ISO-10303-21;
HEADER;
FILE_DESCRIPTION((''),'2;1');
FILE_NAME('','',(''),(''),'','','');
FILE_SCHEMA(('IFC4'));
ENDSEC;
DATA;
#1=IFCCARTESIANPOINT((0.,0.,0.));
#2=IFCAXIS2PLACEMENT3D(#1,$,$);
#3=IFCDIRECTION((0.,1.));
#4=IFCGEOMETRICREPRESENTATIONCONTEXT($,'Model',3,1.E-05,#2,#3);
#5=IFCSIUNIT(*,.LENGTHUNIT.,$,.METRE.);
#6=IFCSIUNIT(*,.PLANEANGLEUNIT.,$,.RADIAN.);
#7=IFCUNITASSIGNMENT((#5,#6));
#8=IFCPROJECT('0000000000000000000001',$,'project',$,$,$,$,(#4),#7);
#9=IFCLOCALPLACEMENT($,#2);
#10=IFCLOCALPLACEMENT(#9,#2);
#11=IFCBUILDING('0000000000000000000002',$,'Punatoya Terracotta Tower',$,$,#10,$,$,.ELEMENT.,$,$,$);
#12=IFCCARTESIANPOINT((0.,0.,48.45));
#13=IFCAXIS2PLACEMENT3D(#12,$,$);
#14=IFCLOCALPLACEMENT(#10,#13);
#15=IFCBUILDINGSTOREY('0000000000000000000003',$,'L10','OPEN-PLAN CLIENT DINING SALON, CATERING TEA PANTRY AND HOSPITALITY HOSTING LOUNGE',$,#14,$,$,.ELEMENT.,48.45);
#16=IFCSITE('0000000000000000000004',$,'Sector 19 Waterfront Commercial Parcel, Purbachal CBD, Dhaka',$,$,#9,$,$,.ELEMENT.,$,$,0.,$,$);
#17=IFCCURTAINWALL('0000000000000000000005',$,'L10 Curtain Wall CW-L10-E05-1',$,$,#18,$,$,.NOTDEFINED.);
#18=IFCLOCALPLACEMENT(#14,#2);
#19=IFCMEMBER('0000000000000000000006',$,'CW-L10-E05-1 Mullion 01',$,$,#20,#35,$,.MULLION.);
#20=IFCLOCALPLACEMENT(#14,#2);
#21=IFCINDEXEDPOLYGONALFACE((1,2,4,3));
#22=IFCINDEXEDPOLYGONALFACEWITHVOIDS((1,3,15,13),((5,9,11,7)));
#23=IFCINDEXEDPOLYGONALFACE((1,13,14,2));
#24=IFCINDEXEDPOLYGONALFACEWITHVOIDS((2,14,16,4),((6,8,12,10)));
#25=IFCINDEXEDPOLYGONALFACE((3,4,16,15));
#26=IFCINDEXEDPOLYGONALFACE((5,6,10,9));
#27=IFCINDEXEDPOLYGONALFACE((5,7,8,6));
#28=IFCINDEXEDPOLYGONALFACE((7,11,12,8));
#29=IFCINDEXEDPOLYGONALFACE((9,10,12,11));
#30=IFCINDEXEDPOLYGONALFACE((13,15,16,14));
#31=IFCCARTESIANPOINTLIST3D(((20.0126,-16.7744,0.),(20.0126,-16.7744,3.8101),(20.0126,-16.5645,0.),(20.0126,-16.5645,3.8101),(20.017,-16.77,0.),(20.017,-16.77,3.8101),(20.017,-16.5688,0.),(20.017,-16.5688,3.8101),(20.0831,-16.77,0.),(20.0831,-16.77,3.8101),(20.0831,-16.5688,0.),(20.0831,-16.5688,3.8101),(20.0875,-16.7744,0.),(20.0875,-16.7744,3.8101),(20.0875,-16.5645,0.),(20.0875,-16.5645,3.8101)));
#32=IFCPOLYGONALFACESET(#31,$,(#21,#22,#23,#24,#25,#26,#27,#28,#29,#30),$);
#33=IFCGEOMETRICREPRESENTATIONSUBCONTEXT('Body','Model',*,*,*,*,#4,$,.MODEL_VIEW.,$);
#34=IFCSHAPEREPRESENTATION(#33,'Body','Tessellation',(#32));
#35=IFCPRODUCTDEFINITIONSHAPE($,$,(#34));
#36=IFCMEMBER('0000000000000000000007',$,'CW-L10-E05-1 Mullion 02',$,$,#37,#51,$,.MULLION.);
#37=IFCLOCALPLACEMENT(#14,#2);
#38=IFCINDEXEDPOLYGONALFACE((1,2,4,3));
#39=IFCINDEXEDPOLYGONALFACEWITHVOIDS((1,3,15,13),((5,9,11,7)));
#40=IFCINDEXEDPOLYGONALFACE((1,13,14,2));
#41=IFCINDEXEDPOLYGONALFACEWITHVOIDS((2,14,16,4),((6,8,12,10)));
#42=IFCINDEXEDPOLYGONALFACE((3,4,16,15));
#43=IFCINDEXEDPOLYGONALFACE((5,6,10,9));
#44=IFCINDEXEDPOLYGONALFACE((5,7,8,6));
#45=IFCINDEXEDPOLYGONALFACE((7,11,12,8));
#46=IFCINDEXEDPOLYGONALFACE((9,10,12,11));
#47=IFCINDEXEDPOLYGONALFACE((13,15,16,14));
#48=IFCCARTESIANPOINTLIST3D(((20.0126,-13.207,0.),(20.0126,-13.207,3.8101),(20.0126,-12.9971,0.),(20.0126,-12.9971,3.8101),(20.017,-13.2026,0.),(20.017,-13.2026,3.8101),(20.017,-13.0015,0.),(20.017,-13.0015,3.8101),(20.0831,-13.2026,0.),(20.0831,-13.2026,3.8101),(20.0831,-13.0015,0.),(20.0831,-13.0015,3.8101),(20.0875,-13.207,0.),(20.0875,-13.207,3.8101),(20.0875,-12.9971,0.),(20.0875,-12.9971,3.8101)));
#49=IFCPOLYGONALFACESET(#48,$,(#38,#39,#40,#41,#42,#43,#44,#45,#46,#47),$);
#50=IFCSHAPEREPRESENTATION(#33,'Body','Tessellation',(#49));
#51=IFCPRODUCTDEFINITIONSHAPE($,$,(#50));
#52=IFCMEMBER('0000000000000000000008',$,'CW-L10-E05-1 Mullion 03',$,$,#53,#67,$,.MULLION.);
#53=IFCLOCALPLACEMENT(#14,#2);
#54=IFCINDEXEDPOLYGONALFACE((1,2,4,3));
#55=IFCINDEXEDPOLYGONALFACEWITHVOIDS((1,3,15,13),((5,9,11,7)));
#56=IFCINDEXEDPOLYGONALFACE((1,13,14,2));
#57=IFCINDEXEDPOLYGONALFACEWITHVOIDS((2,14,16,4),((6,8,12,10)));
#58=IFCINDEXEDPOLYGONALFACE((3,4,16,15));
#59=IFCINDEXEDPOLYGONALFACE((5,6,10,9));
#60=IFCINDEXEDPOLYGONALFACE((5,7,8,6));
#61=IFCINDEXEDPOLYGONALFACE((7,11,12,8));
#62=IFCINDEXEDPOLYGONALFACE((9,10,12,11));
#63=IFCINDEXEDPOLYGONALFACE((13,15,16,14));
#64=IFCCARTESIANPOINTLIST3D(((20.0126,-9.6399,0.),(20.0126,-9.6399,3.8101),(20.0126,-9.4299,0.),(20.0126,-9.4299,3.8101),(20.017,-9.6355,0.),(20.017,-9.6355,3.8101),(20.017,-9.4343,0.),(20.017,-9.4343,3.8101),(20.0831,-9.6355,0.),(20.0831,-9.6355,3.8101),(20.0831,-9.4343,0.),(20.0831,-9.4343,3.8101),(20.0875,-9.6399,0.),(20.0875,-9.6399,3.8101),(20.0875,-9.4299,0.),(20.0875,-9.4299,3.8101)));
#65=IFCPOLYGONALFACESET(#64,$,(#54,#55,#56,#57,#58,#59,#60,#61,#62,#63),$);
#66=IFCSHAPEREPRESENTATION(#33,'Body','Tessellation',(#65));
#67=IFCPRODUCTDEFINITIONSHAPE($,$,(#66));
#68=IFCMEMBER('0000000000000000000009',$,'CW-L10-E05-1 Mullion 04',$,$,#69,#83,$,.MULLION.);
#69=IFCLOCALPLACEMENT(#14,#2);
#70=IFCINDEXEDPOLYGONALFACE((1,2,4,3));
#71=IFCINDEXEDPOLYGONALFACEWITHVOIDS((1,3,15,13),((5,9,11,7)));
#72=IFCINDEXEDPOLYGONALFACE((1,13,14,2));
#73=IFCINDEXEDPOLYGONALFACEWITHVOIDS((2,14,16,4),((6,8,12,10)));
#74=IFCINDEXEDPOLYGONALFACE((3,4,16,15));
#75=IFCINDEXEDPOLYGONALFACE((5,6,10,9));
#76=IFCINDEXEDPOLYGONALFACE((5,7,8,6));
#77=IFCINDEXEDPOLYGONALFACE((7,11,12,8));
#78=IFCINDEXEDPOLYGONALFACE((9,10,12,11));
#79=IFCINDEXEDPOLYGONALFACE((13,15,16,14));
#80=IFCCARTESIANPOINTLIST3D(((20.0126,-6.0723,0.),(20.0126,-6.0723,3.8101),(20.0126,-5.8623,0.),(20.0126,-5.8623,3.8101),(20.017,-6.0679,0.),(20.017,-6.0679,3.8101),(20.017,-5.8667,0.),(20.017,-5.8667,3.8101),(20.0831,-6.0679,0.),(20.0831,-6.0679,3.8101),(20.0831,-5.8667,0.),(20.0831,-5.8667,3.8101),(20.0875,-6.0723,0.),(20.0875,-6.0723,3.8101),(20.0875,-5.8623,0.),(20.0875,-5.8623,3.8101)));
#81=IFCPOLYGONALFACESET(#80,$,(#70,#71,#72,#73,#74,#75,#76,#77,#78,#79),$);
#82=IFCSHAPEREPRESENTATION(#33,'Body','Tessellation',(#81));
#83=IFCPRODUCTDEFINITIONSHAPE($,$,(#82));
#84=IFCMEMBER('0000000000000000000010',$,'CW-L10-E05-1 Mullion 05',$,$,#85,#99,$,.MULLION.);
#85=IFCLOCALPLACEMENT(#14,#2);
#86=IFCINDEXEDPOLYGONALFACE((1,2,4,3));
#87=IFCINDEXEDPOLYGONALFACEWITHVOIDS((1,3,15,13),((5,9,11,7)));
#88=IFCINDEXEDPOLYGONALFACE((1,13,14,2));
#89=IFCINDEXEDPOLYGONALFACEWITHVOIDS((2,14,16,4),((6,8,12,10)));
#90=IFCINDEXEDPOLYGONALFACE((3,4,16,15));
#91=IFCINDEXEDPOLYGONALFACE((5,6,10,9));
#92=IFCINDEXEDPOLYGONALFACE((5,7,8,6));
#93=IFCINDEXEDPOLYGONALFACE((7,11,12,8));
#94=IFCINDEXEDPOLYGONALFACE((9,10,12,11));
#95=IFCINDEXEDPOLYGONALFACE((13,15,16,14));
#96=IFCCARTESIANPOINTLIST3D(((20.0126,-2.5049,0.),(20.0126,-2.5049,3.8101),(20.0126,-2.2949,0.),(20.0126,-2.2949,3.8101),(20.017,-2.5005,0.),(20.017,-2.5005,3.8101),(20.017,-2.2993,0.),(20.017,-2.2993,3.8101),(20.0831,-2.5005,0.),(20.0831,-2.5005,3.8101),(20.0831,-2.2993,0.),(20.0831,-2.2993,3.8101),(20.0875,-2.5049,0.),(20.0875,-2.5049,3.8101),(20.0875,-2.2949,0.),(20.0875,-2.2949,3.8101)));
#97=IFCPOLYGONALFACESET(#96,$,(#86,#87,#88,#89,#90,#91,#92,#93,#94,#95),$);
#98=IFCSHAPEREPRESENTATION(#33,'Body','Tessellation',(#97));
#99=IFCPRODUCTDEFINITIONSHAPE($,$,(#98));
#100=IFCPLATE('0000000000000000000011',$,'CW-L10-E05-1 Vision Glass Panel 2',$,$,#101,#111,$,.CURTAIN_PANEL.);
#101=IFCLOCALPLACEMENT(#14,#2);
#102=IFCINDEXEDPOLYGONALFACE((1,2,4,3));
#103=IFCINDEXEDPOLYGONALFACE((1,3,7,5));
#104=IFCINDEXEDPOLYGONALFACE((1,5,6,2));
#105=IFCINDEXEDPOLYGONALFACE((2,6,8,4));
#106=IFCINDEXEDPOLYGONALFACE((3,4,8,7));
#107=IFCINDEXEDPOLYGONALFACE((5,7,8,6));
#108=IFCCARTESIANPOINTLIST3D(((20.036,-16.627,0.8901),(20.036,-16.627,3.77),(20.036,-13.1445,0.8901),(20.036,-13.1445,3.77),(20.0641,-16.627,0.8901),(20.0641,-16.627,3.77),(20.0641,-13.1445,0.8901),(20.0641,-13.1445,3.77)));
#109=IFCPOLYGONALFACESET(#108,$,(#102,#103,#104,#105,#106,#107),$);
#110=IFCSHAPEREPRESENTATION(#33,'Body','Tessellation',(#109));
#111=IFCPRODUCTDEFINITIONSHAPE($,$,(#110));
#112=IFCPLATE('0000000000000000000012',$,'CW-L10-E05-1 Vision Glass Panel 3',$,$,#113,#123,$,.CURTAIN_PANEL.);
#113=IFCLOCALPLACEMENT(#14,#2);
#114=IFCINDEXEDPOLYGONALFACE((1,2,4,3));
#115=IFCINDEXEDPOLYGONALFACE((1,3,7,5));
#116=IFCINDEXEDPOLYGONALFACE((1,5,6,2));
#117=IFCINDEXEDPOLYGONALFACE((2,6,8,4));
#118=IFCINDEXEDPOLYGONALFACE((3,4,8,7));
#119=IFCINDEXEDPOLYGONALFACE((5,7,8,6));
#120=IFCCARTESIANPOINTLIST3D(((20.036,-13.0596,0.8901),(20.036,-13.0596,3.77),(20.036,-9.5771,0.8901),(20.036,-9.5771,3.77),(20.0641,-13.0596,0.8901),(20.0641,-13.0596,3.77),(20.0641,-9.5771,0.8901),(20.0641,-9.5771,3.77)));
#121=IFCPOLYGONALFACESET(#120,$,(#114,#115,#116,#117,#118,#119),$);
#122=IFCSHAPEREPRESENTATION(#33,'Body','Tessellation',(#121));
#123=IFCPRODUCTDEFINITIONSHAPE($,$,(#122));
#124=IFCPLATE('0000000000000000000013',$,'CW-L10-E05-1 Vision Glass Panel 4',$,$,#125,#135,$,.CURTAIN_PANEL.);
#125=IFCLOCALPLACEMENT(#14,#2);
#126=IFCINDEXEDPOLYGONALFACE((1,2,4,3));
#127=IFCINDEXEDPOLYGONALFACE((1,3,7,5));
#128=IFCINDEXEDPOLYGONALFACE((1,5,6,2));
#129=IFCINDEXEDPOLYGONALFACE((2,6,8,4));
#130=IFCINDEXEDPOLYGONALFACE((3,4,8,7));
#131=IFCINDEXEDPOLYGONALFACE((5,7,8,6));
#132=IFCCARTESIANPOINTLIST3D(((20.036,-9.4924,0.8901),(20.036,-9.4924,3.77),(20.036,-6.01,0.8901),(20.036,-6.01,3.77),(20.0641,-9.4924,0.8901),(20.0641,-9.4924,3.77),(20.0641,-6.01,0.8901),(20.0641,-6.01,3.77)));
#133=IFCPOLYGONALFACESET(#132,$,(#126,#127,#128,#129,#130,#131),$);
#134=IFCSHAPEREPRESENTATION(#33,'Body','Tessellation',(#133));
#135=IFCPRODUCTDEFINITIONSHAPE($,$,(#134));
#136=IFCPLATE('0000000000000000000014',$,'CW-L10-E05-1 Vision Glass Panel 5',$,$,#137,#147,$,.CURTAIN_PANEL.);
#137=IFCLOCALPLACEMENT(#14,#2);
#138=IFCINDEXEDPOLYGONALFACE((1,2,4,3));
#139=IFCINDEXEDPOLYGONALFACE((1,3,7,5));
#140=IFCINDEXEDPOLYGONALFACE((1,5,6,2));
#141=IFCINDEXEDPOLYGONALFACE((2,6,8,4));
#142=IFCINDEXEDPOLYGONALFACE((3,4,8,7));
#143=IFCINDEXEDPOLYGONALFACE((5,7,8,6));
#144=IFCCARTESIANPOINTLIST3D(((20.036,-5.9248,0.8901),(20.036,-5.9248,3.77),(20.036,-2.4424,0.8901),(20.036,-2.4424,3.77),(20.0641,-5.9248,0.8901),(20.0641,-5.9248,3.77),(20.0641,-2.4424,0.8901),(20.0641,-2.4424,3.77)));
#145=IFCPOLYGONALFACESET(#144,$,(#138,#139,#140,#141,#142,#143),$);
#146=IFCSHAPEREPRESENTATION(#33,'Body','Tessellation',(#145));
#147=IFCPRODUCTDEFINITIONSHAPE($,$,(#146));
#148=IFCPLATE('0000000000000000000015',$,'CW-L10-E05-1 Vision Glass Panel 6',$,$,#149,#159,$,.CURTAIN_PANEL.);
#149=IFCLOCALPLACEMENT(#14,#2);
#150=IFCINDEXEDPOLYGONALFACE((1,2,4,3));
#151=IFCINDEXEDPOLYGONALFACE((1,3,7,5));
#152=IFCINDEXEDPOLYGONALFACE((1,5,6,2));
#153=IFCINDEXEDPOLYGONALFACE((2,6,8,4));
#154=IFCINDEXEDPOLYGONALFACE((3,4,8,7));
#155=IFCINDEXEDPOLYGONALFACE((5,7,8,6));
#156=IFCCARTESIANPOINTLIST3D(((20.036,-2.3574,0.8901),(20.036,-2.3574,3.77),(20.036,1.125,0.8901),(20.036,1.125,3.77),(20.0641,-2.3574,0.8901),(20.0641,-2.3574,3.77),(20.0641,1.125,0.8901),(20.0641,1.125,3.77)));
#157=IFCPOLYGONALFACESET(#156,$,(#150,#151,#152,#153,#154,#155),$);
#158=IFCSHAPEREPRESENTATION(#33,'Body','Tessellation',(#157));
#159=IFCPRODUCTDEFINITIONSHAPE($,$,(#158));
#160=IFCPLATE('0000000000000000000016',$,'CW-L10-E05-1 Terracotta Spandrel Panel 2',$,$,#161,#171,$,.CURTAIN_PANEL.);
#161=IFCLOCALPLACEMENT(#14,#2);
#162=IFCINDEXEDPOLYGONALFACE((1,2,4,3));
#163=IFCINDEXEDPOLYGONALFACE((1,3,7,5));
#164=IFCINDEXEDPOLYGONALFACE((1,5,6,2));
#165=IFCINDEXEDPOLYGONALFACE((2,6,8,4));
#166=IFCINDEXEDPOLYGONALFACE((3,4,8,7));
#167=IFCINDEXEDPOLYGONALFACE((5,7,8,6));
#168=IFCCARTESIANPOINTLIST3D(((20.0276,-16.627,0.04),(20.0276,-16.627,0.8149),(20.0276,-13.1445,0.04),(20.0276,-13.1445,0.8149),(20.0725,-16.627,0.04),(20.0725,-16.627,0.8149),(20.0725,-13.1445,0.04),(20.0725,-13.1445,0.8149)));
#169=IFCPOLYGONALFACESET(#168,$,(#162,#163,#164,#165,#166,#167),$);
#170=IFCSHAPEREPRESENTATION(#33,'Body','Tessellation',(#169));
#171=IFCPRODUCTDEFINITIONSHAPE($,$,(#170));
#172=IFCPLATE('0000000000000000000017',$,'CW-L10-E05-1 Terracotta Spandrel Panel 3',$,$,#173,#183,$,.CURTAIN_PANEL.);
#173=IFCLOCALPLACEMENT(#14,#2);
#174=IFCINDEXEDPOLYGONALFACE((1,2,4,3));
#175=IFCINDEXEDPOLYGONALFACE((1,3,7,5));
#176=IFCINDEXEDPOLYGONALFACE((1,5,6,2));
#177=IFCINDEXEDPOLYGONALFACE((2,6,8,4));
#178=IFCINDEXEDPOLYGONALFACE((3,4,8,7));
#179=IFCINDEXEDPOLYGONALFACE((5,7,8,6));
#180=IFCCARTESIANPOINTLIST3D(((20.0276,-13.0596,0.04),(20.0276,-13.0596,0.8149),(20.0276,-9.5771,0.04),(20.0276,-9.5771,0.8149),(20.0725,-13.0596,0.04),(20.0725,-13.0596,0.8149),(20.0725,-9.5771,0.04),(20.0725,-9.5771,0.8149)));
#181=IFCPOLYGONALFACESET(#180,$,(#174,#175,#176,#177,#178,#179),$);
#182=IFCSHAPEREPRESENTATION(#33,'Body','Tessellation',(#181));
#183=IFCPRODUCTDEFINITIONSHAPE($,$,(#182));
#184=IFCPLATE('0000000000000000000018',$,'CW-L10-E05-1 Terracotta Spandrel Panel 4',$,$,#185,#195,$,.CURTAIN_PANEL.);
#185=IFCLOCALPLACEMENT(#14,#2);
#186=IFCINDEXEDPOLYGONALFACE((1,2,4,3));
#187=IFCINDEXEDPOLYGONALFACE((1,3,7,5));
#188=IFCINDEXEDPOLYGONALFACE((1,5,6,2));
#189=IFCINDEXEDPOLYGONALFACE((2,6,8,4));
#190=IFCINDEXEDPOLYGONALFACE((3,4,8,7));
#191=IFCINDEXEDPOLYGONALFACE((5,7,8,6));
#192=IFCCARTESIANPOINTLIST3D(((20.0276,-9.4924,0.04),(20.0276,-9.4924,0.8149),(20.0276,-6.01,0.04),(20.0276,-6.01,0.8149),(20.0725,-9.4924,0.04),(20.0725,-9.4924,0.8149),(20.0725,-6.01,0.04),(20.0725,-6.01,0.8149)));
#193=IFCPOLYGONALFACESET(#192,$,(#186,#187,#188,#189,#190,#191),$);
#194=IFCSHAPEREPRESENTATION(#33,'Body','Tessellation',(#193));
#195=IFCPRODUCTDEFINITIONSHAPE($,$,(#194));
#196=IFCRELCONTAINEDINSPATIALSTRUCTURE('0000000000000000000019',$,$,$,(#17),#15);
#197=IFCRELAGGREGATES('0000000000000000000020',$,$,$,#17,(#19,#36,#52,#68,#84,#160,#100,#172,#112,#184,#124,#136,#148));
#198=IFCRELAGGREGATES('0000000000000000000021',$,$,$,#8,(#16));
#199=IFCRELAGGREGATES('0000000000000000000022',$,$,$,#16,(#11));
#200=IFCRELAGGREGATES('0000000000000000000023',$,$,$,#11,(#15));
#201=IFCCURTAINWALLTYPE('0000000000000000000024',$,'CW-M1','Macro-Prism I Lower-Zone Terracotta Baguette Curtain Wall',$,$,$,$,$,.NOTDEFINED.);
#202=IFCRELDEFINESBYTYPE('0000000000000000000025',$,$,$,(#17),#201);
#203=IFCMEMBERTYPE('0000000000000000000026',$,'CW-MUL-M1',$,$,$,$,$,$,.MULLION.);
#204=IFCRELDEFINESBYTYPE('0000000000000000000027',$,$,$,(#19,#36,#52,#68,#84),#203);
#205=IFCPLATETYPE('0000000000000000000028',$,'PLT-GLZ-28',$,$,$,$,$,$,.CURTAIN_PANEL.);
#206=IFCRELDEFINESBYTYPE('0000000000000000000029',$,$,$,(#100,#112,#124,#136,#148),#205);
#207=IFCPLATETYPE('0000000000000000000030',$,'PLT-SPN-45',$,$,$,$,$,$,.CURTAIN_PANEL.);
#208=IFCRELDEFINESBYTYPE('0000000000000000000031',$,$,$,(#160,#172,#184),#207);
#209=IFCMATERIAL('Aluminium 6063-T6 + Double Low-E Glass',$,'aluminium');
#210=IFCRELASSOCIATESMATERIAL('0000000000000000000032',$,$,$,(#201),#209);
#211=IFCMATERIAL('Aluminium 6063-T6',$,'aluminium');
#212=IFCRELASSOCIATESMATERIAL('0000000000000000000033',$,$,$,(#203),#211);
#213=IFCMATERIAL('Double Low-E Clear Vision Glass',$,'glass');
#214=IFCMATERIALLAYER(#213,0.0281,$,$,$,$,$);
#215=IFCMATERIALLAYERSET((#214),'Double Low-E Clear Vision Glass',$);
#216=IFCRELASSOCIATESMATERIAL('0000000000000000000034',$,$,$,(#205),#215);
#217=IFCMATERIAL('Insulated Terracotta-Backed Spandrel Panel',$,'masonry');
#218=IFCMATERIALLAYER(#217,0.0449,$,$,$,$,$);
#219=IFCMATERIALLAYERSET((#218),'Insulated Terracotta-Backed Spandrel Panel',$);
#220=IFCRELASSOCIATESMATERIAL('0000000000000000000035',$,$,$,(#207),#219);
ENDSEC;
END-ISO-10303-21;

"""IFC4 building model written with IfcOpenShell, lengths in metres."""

from ifc_helpers import new_model, si_unit, direction, frame, origin, origin_2d, place, context, subcontext, project, spatial, rectangle, hollow_rectangle, extrude, material, layer, layer_set, material_profile, profile_set, type_object, element, aggregate, save


model = new_model("IFC4")

# Units and contexts
model_context = context("Model", 3, precision=1e-05, world=origin(), true_north=direction((0.0, 1.0)))
body_context = subcontext(model_context, "Body", "Model", "MODEL_VIEW")
ifc_project = project(units=[si_unit("LENGTHUNIT", "METRE"), si_unit("PLANEANGLEUNIT", "RADIAN")], contexts=[model_context])

# Site, building, storey
site_placement = place(None, origin())
site = spatial("IfcSite", under=ifc_project, at=site_placement, Name="Sector 19 Waterfront Commercial Parcel, Purbachal CBD, Dhaka", CompositionType="ELEMENT", RefElevation=0.0)
building_placement = place(site_placement, origin())
building = spatial("IfcBuilding", under=site, at=building_placement, Name="Punatoya Terracotta Tower", CompositionType="ELEMENT")
storey_placement = place(building_placement, frame((0.0, 0.0, 48.45)))
storey = spatial("IfcBuildingStorey", under=building, at=storey_placement, Name="L10", Description="OPEN-PLAN CLIENT DINING SALON, CATERING TEA PANTRY AND HOSPITALITY HOSTING LOUNGE", CompositionType="ELEMENT", Elevation=48.45)

# Curtain wall, members, plates
ifc_material_1 = material(Name="Aluminium 6063-T6 + Double Low-E Glass", Category="aluminium")
curtain_wall_type = type_object("IfcCurtainWallType", Name="CW-M1", Description="Macro-Prism I Lower-Zone Terracotta Baguette Curtain Wall", PredefinedType="NOTDEFINED", material=ifc_material_1)
curtain_wall_placement = place(storey_placement, origin())
curtain_wall = element("IfcCurtainWall", 1, at=curtain_wall_placement, inside=storey, type_object=curtain_wall_type, Name="L10 Curtain Wall CW-L10-E05-1", PredefinedType="NOTDEFINED")
ifc_material_2 = material(Name="Aluminium 6063-T6", Category="aluminium")
ifc_material_profile_1 = material_profile(ifc_material_2, hollow_rectangle(XDim=0.075, YDim=0.21, WallThickness=0.0044, at=origin_2d()))
ifc_profile_set_1 = profile_set([ifc_material_profile_1], Name="Aluminium 6063-T6")
member_type = type_object("IfcMemberType", Name="CW-MUL-M1", PredefinedType="MULLION", material=ifc_profile_set_1)
member_1_placement = place(storey_placement, frame((20.05, -16.6694, 0.0), z_axis=(0.0, 0.0, 1.0), x_axis=(1.0, 0.0, 0.0)))
member_1 = element("IfcMember", 2, at=member_1_placement, type_object=member_type, Name="CW-L10-E05-1 Mullion 01", PredefinedType="MULLION", context=body_context, shape_type="SweptSolid", body=[
    extrude(hollow_rectangle(XDim=0.075, YDim=0.21, WallThickness=0.0044, at=origin_2d()), origin(), (0.0, 0.0, 1.0), 3.8101),
])
member_2_placement = place(storey_placement, frame((20.05, -13.1021, 0.0), z_axis=(0.0, 0.0, 1.0), x_axis=(1.0, 0.0, 0.0)))
member_2 = element("IfcMember", 3, at=member_2_placement, type_object=member_type, Name="CW-L10-E05-1 Mullion 02", PredefinedType="MULLION", context=body_context, shape_type="SweptSolid", body=[
    extrude(hollow_rectangle(XDim=0.075, YDim=0.21, WallThickness=0.0044, at=origin_2d()), origin(), (0.0, 0.0, 1.0), 3.8101),
])
member_3_placement = place(storey_placement, frame((20.05, -9.5349, 0.0), z_axis=(0.0, 0.0, 1.0), x_axis=(1.0, 0.0, 0.0)))
member_3 = element("IfcMember", 4, at=member_3_placement, type_object=member_type, Name="CW-L10-E05-1 Mullion 03", PredefinedType="MULLION", context=body_context, shape_type="SweptSolid", body=[
    extrude(hollow_rectangle(XDim=0.075, YDim=0.21, WallThickness=0.0044, at=origin_2d()), origin(), (0.0, 0.0, 1.0), 3.8101),
])
member_4_placement = place(storey_placement, frame((20.05, -5.9673, 0.0), z_axis=(0.0, 0.0, 1.0), x_axis=(1.0, 0.0, 0.0)))
member_4 = element("IfcMember", 5, at=member_4_placement, type_object=member_type, Name="CW-L10-E05-1 Mullion 04", PredefinedType="MULLION", context=body_context, shape_type="SweptSolid", body=[
    extrude(hollow_rectangle(XDim=0.075, YDim=0.21, WallThickness=0.0044, at=origin_2d()), origin(), (0.0, 0.0, 1.0), 3.8101),
])
member_5_placement = place(storey_placement, frame((20.05, -2.3999, 0.0), z_axis=(0.0, 0.0, 1.0), x_axis=(1.0, 0.0, 0.0)))
member_5 = element("IfcMember", 6, at=member_5_placement, type_object=member_type, Name="CW-L10-E05-1 Mullion 05", PredefinedType="MULLION", context=body_context, shape_type="SweptSolid", body=[
    extrude(hollow_rectangle(XDim=0.075, YDim=0.21, WallThickness=0.0044, at=origin_2d()), origin(), (0.0, 0.0, 1.0), 3.8101),
])
ifc_material_3 = material(Name="Double Low-E Clear Vision Glass", Category="glass")
ifc_layer_1 = layer(ifc_material_3, 0.0281)
ifc_layer_set_1 = layer_set([ifc_layer_1], Name="Double Low-E Clear Vision Glass")
plate_type_1 = type_object("IfcPlateType", Name="PLT-GLZ-28", PredefinedType="CURTAIN_PANEL", material=ifc_layer_set_1)
plate_1_placement = place(storey_placement, frame((20.05, -14.8857, 0.8901), z_axis=(0.0, 0.0, 1.0), x_axis=(0.0, 1.0, 0.0)))
plate_1 = element("IfcPlate", 7, at=plate_1_placement, type_object=plate_type_1, Name="CW-L10-E05-1 Vision Glass Panel 2", PredefinedType="CURTAIN_PANEL", context=body_context, shape_type="SweptSolid", body=[
    extrude(rectangle(XDim=3.4824, YDim=0.0281, at=origin_2d()), origin(), (0.0, 0.0, 1.0), 2.8799),
])
plate_2_placement = place(storey_placement, frame((20.05, -11.3184, 0.8901), z_axis=(0.0, 0.0, 1.0), x_axis=(0.0, 1.0, 0.0)))
plate_2 = element("IfcPlate", 8, at=plate_2_placement, type_object=plate_type_1, Name="CW-L10-E05-1 Vision Glass Panel 3", PredefinedType="CURTAIN_PANEL", context=body_context, shape_type="SweptSolid", body=[
    extrude(rectangle(XDim=3.4824, YDim=0.0281, at=origin_2d()), origin(), (0.0, 0.0, 1.0), 2.8799),
])
plate_3_placement = place(storey_placement, frame((20.05, -7.7512, 0.8901), z_axis=(0.0, 0.0, 1.0), x_axis=(0.0, 1.0, 0.0)))
plate_3 = element("IfcPlate", 9, at=plate_3_placement, type_object=plate_type_1, Name="CW-L10-E05-1 Vision Glass Panel 4", PredefinedType="CURTAIN_PANEL", context=body_context, shape_type="SweptSolid", body=[
    extrude(rectangle(XDim=3.4824, YDim=0.0281, at=origin_2d()), origin(), (0.0, 0.0, 1.0), 2.8799),
])
plate_4_placement = place(storey_placement, frame((20.05, -4.1836, 0.8901), z_axis=(0.0, 0.0, 1.0), x_axis=(0.0, 1.0, 0.0)))
plate_4 = element("IfcPlate", 10, at=plate_4_placement, type_object=plate_type_1, Name="CW-L10-E05-1 Vision Glass Panel 5", PredefinedType="CURTAIN_PANEL", context=body_context, shape_type="SweptSolid", body=[
    extrude(rectangle(XDim=3.4824, YDim=0.0281, at=origin_2d()), origin(), (0.0, 0.0, 1.0), 2.8799),
])
plate_5_placement = place(storey_placement, frame((20.05, -0.6162, 0.8901), z_axis=(0.0, 0.0, 1.0), x_axis=(0.0, 1.0, 0.0)))
plate_5 = element("IfcPlate", 11, at=plate_5_placement, type_object=plate_type_1, Name="CW-L10-E05-1 Vision Glass Panel 6", PredefinedType="CURTAIN_PANEL", context=body_context, shape_type="SweptSolid", body=[
    extrude(rectangle(XDim=3.4824, YDim=0.0281, at=origin_2d()), origin(), (0.0, 0.0, 1.0), 2.8799),
])
ifc_material_4 = material(Name="Insulated Terracotta-Backed Spandrel Panel", Category="masonry")
ifc_layer_2 = layer(ifc_material_4, 0.0449)
ifc_layer_set_2 = layer_set([ifc_layer_2], Name="Insulated Terracotta-Backed Spandrel Panel")
plate_type_2 = type_object("IfcPlateType", Name="PLT-SPN-45", PredefinedType="CURTAIN_PANEL", material=ifc_layer_set_2)
plate_6_placement = place(storey_placement, frame((20.05, -14.8857, 0.04), z_axis=(0.0, 0.0, 1.0), x_axis=(0.0, 1.0, 0.0)))
plate_6 = element("IfcPlate", 12, at=plate_6_placement, type_object=plate_type_2, Name="CW-L10-E05-1 Terracotta Spandrel Panel 2", PredefinedType="CURTAIN_PANEL", context=body_context, shape_type="SweptSolid", body=[
    extrude(rectangle(XDim=3.4824, YDim=0.0449, at=origin_2d()), origin(), (0.0, 0.0, 1.0), 0.7749),
])
plate_7_placement = place(storey_placement, frame((20.05, -11.3184, 0.04), z_axis=(0.0, 0.0, 1.0), x_axis=(0.0, 1.0, 0.0)))
plate_7 = element("IfcPlate", 13, at=plate_7_placement, type_object=plate_type_2, Name="CW-L10-E05-1 Terracotta Spandrel Panel 3", PredefinedType="CURTAIN_PANEL", context=body_context, shape_type="SweptSolid", body=[
    extrude(rectangle(XDim=3.4824, YDim=0.0449, at=origin_2d()), origin(), (0.0, 0.0, 1.0), 0.7749),
])
plate_8_placement = place(storey_placement, frame((20.05, -7.7512, 0.04), z_axis=(0.0, 0.0, 1.0), x_axis=(0.0, 1.0, 0.0)))
plate_8 = element("IfcPlate", 14, at=plate_8_placement, type_object=plate_type_2, Name="CW-L10-E05-1 Terracotta Spandrel Panel 4", PredefinedType="CURTAIN_PANEL", context=body_context, shape_type="SweptSolid", body=[
    extrude(rectangle(XDim=3.4824, YDim=0.0449, at=origin_2d()), origin(), (0.0, 0.0, 1.0), 0.7749),
])
aggregate(curtain_wall, [member_1, member_2, member_3, member_4, member_5, plate_6, plate_1, plate_7, plate_2, plate_8, plate_3, plate_4, plate_5])

save(model, "model.ifc")
